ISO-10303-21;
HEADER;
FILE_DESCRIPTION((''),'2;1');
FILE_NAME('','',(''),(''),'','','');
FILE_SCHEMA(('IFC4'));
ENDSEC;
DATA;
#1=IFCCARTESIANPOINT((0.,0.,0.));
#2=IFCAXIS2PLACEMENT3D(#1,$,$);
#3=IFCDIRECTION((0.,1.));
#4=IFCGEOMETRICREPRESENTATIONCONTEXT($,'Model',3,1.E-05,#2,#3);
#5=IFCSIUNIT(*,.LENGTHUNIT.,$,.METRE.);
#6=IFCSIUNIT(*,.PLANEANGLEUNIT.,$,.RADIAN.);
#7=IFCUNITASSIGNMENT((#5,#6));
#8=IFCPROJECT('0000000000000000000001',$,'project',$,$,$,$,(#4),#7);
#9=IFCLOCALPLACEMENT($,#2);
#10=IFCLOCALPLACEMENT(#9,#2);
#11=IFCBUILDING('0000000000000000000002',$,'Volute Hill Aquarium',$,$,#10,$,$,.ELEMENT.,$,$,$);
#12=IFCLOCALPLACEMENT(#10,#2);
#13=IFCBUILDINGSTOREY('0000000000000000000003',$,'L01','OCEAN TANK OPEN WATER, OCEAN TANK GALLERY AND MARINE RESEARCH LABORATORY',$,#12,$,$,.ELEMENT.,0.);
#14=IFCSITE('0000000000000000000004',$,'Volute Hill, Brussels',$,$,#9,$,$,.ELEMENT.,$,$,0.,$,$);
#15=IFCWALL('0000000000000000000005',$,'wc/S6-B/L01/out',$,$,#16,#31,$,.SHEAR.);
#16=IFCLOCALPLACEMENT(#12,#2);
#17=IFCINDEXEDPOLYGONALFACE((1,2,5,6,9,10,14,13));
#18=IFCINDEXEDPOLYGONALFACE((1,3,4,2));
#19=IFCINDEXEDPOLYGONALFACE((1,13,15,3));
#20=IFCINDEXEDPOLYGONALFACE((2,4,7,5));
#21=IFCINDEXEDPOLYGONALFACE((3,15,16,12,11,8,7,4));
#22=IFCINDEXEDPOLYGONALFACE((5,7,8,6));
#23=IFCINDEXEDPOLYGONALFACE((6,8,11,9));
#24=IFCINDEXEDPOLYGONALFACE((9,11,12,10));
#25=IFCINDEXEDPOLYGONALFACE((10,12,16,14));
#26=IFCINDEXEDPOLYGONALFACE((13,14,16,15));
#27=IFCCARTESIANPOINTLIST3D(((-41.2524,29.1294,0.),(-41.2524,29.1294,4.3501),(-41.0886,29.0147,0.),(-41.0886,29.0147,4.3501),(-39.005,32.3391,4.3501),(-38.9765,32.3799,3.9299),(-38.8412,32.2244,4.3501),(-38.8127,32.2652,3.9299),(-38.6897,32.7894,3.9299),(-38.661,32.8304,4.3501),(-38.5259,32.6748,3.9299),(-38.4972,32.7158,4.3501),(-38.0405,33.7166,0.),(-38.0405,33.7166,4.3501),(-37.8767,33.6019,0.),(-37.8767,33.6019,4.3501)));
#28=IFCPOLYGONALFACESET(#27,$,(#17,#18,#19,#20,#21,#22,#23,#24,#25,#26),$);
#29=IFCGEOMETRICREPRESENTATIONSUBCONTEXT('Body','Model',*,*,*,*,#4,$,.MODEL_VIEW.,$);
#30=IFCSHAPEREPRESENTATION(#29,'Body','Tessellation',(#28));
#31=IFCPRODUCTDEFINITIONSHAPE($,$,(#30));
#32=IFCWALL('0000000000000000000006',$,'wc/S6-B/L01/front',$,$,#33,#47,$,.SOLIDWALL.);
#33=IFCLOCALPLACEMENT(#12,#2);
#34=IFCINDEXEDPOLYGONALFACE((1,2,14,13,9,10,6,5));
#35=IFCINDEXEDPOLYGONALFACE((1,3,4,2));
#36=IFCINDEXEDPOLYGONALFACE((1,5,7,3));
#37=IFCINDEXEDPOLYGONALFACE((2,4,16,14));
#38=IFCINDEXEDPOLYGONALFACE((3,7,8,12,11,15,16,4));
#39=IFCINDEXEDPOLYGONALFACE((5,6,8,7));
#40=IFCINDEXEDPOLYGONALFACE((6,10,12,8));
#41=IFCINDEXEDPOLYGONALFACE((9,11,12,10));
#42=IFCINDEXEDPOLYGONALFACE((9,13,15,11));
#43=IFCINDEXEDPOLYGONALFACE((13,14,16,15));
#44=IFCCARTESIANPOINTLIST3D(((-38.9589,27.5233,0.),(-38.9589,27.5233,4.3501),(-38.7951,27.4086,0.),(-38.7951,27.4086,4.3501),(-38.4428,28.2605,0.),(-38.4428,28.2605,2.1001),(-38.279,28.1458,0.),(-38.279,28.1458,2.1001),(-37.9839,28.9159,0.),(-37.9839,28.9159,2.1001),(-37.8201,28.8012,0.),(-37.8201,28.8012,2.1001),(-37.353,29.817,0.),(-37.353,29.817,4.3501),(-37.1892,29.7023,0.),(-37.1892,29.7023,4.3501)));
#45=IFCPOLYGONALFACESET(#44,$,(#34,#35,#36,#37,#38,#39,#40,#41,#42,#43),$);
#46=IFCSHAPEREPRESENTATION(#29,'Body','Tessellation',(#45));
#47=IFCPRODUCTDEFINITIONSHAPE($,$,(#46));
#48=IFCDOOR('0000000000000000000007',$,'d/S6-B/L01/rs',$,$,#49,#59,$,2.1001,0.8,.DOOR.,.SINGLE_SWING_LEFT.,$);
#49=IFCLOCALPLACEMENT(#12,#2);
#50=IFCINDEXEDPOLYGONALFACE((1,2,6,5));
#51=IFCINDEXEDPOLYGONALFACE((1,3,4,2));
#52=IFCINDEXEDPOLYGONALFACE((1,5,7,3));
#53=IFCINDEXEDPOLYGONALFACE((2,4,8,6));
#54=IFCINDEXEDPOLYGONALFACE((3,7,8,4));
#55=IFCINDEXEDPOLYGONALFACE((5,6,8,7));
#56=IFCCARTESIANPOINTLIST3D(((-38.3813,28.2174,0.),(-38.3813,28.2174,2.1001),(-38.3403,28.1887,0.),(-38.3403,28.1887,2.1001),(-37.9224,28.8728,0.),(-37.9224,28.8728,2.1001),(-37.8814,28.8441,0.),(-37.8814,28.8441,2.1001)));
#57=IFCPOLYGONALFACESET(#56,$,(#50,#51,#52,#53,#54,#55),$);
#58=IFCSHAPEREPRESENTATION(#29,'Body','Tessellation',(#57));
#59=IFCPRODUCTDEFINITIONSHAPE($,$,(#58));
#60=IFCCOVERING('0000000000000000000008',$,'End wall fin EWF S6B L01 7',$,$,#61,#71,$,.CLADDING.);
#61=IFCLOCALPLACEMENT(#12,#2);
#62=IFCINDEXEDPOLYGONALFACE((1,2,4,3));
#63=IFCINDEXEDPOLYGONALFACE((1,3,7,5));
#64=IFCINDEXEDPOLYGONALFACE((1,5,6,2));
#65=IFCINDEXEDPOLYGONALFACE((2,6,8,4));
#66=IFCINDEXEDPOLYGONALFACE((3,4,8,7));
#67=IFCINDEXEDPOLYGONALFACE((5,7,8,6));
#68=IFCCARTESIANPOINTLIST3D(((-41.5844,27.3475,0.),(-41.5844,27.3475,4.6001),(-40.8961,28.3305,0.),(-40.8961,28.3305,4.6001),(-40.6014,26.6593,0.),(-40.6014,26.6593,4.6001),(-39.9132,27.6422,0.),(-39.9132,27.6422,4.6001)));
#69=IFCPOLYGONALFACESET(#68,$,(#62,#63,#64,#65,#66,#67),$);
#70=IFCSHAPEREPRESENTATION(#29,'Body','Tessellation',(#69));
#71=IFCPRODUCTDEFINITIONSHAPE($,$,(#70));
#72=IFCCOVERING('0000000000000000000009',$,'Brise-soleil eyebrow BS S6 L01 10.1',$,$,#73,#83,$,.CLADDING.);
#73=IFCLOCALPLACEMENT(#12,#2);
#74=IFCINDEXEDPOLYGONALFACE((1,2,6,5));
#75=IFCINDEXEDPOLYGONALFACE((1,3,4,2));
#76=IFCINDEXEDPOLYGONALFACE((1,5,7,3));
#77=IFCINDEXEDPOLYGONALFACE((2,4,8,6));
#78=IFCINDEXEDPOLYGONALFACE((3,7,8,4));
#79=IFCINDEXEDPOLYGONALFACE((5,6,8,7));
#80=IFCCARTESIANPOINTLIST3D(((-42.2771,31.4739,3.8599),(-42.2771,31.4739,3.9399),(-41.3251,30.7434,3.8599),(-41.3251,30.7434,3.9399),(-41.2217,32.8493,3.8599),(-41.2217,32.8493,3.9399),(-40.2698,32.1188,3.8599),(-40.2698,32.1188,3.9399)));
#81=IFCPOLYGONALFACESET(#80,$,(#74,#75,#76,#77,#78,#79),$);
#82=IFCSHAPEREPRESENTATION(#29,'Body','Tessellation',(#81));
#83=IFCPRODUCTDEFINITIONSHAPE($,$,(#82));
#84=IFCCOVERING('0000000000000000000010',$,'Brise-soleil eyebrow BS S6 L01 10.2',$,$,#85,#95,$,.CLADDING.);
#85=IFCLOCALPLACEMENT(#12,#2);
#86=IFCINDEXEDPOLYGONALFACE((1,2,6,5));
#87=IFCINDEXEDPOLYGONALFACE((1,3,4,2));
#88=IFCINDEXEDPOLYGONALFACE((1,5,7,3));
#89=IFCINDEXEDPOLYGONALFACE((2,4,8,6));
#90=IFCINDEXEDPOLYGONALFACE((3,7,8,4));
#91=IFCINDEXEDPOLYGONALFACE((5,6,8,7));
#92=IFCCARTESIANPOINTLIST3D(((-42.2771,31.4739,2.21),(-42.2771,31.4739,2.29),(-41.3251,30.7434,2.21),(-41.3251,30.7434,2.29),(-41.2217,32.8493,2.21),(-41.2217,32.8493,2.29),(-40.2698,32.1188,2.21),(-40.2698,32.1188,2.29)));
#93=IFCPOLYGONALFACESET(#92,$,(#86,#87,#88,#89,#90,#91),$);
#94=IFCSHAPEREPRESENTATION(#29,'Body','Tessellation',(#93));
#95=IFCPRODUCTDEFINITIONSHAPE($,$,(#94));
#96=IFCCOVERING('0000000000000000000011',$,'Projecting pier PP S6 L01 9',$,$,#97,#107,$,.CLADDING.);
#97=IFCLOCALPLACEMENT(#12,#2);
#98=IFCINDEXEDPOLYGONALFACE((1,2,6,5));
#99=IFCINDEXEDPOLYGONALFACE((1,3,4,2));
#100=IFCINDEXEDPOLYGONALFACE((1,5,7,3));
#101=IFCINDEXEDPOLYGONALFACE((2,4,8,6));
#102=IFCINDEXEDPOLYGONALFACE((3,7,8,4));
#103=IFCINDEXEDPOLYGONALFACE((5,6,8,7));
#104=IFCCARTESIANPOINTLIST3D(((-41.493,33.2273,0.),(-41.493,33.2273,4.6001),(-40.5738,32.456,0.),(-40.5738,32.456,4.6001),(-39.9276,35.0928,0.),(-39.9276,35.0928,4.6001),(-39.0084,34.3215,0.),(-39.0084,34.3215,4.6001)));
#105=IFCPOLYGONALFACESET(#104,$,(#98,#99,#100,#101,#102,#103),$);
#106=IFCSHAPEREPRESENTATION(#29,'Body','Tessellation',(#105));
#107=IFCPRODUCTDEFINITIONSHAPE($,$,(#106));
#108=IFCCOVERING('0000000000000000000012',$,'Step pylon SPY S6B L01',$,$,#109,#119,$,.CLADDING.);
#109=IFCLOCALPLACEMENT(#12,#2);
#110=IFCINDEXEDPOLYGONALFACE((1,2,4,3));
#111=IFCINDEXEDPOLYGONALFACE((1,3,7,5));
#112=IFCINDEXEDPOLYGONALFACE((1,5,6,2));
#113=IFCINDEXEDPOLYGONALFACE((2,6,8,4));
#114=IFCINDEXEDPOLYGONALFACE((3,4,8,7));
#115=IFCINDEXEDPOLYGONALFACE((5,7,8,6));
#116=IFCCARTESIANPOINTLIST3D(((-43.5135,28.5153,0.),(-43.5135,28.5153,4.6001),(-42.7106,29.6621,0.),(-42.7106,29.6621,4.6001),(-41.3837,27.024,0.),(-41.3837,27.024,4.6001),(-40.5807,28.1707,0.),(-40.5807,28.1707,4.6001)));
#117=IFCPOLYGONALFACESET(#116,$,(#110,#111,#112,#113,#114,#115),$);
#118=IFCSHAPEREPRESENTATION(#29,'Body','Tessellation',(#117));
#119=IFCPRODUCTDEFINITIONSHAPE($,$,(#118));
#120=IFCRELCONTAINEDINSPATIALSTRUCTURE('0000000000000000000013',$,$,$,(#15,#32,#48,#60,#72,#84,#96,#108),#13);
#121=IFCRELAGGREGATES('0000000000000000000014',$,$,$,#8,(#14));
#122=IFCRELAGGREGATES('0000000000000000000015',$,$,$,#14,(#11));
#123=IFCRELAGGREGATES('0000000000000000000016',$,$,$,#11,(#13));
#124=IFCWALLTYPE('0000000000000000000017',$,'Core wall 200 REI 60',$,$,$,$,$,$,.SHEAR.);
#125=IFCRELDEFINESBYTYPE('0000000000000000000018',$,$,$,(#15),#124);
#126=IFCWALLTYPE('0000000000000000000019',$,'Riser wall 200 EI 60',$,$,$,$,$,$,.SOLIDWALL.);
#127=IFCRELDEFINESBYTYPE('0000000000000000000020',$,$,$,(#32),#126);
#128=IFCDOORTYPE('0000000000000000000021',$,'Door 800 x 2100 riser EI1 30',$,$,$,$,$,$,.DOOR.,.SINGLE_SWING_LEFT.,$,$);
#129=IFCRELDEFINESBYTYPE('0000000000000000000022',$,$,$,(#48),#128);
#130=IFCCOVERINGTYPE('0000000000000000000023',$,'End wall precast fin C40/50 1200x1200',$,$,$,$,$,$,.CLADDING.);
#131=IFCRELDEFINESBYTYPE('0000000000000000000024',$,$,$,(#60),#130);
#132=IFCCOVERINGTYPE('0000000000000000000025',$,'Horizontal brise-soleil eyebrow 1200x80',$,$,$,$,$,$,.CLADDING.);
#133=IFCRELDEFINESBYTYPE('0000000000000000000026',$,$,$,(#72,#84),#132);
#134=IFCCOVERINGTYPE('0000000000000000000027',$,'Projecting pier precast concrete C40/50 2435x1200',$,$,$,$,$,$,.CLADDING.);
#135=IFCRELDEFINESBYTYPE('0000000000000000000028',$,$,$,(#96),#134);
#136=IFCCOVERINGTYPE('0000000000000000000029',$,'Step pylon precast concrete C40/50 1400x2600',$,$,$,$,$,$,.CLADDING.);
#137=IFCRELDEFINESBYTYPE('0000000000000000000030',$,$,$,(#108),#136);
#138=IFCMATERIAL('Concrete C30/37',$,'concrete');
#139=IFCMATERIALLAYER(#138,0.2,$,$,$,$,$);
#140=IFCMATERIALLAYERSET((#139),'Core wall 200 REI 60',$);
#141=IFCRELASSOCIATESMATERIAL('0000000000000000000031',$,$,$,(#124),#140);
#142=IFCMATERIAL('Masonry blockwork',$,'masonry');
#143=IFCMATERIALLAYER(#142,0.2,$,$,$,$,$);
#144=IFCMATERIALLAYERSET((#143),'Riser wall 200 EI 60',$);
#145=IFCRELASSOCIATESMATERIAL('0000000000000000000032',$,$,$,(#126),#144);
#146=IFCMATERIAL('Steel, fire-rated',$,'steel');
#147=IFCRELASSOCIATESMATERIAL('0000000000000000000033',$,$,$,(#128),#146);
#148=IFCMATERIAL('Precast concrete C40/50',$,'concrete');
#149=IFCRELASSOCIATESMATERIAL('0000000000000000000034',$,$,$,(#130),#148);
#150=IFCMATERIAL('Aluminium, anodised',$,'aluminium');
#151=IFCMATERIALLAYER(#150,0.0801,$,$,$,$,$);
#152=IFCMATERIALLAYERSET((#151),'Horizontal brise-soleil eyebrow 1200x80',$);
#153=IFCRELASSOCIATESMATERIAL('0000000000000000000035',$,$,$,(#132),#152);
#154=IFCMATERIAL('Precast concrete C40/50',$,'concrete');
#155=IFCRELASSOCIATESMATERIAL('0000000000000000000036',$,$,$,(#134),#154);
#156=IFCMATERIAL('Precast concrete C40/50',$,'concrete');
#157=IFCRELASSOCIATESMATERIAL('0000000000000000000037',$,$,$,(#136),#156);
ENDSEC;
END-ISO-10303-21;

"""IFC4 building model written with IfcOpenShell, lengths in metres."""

from ifc_helpers import new_model, si_unit, direction, frame, frame_2d, origin, origin_2d, place, context, subcontext, project, spatial, polyline, rectangle, outline, extrude, material, layer, layer_set, type_object, element, fill, save


model = new_model("IFC4")

# Units and contexts
model_context = context("Model", 3, precision=1e-05, world=origin(), true_north=direction((0.0, 1.0)))
body_context = subcontext(model_context, "Body", "Model", "MODEL_VIEW")
ifc_project = project(units=[si_unit("LENGTHUNIT", "METRE"), si_unit("PLANEANGLEUNIT", "RADIAN")], contexts=[model_context])

# Site, building, storey
site_placement = place(None, origin())
site = spatial("IfcSite", under=ifc_project, at=site_placement, Name="Volute Hill, Brussels", CompositionType="ELEMENT", RefElevation=0.0)
building_placement = place(site_placement, origin())
building = spatial("IfcBuilding", under=site, at=building_placement, Name="Volute Hill Aquarium", CompositionType="ELEMENT")
storey_placement = place(building_placement, origin())
storey = spatial("IfcBuildingStorey", under=building, at=storey_placement, Name="L01", Description="OCEAN TANK OPEN WATER, OCEAN TANK GALLERY AND MARINE RESEARCH LABORATORY", CompositionType="ELEMENT", Elevation=0.0)

# Wall
ifc_material_1 = material(Name="Concrete C30/37", Category="concrete")
ifc_layer_1 = layer(ifc_material_1, 0.2)
ifc_layer_set_1 = layer_set([ifc_layer_1], Name="Core wall 200 REI 60")
wall_type_1 = type_object("IfcWallType", Name="Core wall 200 REI 60", PredefinedType="SHEAR", material=ifc_layer_set_1)
wall_1_placement = place(storey_placement, frame((-41.1704, 29.072, 0.0), z_axis=(0.0, 0.0, 1.0), x_axis=(0.573571, 0.819156, 0.0)))
element("IfcWall", 1, at=wall_1_placement, inside=storey, type_object=wall_type_1, Name="wc/S6-B/L01/out", PredefinedType="SHEAR", context=body_context, shape_type="SweptSolid", body=[
    extrude(outline(polyline([(0.0, 0.0), (5.5999, 0.0), (5.5999, 4.3501), (4.5181, 4.3501), (4.468, 3.9299), (3.968, 3.9299), (3.9182, 4.3501), (0.0, 4.3501), (0.0, 0.0)])), frame((0.0, 0.1001, 0.0), z_axis=(0.0, -1.0, 0.0), x_axis=(1.0, 0.0, 0.0)), (0.0, 0.0, 1.0), 0.2),
])

# Wall, opening, door
ifc_material_2 = material(Name="Masonry blockwork", Category="masonry")
ifc_layer_2 = layer(ifc_material_2, 0.2)
ifc_layer_set_2 = layer_set([ifc_layer_2], Name="Riser wall 200 EI 60")
wall_type_2 = type_object("IfcWallType", Name="Riser wall 200 EI 60", PredefinedType="SOLIDWALL", material=ifc_layer_set_2)
wall_2_placement = place(storey_placement, frame((-38.877, 27.4661, 0.0), z_axis=(0.0, 0.0, 1.0), x_axis=(0.57355, 0.81917, 0.0)))
wall_2 = element("IfcWall", 2, at=wall_2_placement, inside=storey, type_object=wall_type_2, Name="wc/S6-B/L01/front", PredefinedType="SOLIDWALL", context=body_context, shape_type="SweptSolid", body=[
    extrude(rectangle(XDim=2.8, YDim=0.2, at=frame_2d((1.3999, 0.0))), origin(), (0.0, 0.0, 1.0), 4.3501),
])
opening_placement = place(wall_2_placement, frame((0.8999, 0.0, 0.0)))
opening = element("IfcOpeningElement", 3, at=opening_placement, cuts=wall_2, PredefinedType="OPENING", context=body_context, shape_type="SweptSolid", body=[
    extrude(rectangle(XDim=0.8, YDim=2.1001, at=frame_2d((0.3999, 1.05))), frame((0.0, 0.1099, 0.0), z_axis=(0.0, -1.0, 0.0), x_axis=(1.0, 0.0, 0.0)), (0.0, 0.0, 1.0), 0.22),
])
ifc_material_3 = material(Name="Steel, fire-rated", Category="steel")
door_type = type_object("IfcDoorType", Name="Door 800 x 2100 riser EI1 30", OperationType="SINGLE_SWING_LEFT", PredefinedType="DOOR", material=ifc_material_3)
door_placement = place(opening_placement, origin())
door = element("IfcDoor", 4, at=door_placement, inside=storey, type_object=door_type, Name="d/S6-B/L01/rs", OperationType="SINGLE_SWING_LEFT", OverallHeight=2.1001, OverallWidth=0.8, PredefinedType="DOOR", context=body_context, shape_type="SweptSolid", body=[
    extrude(rectangle(XDim=0.8, YDim=2.1001, at=frame_2d((0.3999, 1.05))), frame((0.0, 0.0249, 0.0), z_axis=(0.0, -1.0, 0.0), x_axis=(1.0, 0.0, 0.0)), (0.0, 0.0, 1.0), 0.05),
])
fill(opening, door)

# Coverings
ifc_material_4 = material(Name="Precast concrete C40/50", Category="concrete")
covering_type_1 = type_object("IfcCoveringType", Name="End wall precast fin C40/50 1200x1200", PredefinedType="CLADDING", material=ifc_material_4)
covering_1_placement = place(storey_placement, frame((-40.7488, 27.4949, 0.0), z_axis=(0.0, 0.0, 1.0), x_axis=(-0.819151, 0.573577, 0.0)))
element("IfcCovering", 5, at=covering_1_placement, inside=storey, type_object=covering_type_1, Name="End wall fin EWF S6B L01 7", PredefinedType="CLADDING", context=body_context, shape_type="SweptSolid", body=[
    extrude(rectangle(XDim=1.2, YDim=1.2, at=origin_2d()), origin(), (0.0, 0.0, 1.0), 4.6001),
])
ifc_material_5 = material(Name="Aluminium, anodised", Category="aluminium")
ifc_layer_3 = layer(ifc_material_5, 0.0801)
ifc_layer_set_3 = layer_set([ifc_layer_3], Name="Horizontal brise-soleil eyebrow 1200x80")
covering_type_2 = type_object("IfcCoveringType", Name="Horizontal brise-soleil eyebrow 1200x80", PredefinedType="CLADDING", material=ifc_layer_set_3)
for number, where, z_axis, x_axis, name in (
    (6, (-41.2734, 31.7964, 3.8599), (0.0, 0.0, 1.0), (-0.608766, -0.79335, 0.0), "Brise-soleil eyebrow BS S6 L01 10.1"),
    (7, (-41.2734, 31.7964, 2.21), (0.0, 0.0, 1.0), (-0.608766, -0.79335, 0.0), "Brise-soleil eyebrow BS S6 L01 10.2"),
):
    element("IfcCovering", number, at=place(storey_placement, frame(where, z_axis=z_axis, x_axis=x_axis)), inside=storey, type_object=covering_type_2, Name=name, PredefinedType="CLADDING", context=body_context, shape_type="SweptSolid", body=[
        extrude(rectangle(XDim=1.7336, YDim=1.2, at=origin_2d()), origin(), (0.0, 0.0, 1.0), 0.0801),
    ])
ifc_material_6 = material(Name="Precast concrete C40/50", Category="concrete")
covering_type_3 = type_object("IfcCoveringType", Name="Projecting pier precast concrete C40/50 2435x1200", PredefinedType="CLADDING", material=ifc_material_6)
covering_2_placement = place(storey_placement, frame((-40.2507, 33.7744, 0.0), z_axis=(0.0, 0.0, 1.0), x_axis=(-0.642788, -0.766044, 0.0)))
element("IfcCovering", 8, at=covering_2_placement, inside=storey, type_object=covering_type_3, Name="Projecting pier PP S6 L01 9", PredefinedType="CLADDING", context=body_context, shape_type="SweptSolid", body=[
    extrude(rectangle(XDim=2.4353, YDim=1.2, at=origin_2d()), origin(), (0.0, 0.0, 1.0), 4.6001),
])
ifc_material_7 = material(Name="Precast concrete C40/50", Category="concrete")
covering_type_4 = type_object("IfcCoveringType", Name="Step pylon precast concrete C40/50 1400x2600", PredefinedType="CLADDING", material=ifc_material_7)
covering_3_placement = place(storey_placement, frame((-42.0471, 28.343, 0.0), z_axis=(0.0, 0.0, 1.0), x_axis=(-0.819152, 0.573576, 0.0)))
element("IfcCovering", 9, at=covering_3_placement, inside=storey, type_object=covering_type_4, Name="Step pylon SPY S6B L01", PredefinedType="CLADDING", context=body_context, shape_type="SweptSolid", body=[
    extrude(rectangle(XDim=2.6001, YDim=1.3999, at=origin_2d()), origin(), (0.0, 0.0, 1.0), 4.6001),
])

save(model, "model.ifc")
